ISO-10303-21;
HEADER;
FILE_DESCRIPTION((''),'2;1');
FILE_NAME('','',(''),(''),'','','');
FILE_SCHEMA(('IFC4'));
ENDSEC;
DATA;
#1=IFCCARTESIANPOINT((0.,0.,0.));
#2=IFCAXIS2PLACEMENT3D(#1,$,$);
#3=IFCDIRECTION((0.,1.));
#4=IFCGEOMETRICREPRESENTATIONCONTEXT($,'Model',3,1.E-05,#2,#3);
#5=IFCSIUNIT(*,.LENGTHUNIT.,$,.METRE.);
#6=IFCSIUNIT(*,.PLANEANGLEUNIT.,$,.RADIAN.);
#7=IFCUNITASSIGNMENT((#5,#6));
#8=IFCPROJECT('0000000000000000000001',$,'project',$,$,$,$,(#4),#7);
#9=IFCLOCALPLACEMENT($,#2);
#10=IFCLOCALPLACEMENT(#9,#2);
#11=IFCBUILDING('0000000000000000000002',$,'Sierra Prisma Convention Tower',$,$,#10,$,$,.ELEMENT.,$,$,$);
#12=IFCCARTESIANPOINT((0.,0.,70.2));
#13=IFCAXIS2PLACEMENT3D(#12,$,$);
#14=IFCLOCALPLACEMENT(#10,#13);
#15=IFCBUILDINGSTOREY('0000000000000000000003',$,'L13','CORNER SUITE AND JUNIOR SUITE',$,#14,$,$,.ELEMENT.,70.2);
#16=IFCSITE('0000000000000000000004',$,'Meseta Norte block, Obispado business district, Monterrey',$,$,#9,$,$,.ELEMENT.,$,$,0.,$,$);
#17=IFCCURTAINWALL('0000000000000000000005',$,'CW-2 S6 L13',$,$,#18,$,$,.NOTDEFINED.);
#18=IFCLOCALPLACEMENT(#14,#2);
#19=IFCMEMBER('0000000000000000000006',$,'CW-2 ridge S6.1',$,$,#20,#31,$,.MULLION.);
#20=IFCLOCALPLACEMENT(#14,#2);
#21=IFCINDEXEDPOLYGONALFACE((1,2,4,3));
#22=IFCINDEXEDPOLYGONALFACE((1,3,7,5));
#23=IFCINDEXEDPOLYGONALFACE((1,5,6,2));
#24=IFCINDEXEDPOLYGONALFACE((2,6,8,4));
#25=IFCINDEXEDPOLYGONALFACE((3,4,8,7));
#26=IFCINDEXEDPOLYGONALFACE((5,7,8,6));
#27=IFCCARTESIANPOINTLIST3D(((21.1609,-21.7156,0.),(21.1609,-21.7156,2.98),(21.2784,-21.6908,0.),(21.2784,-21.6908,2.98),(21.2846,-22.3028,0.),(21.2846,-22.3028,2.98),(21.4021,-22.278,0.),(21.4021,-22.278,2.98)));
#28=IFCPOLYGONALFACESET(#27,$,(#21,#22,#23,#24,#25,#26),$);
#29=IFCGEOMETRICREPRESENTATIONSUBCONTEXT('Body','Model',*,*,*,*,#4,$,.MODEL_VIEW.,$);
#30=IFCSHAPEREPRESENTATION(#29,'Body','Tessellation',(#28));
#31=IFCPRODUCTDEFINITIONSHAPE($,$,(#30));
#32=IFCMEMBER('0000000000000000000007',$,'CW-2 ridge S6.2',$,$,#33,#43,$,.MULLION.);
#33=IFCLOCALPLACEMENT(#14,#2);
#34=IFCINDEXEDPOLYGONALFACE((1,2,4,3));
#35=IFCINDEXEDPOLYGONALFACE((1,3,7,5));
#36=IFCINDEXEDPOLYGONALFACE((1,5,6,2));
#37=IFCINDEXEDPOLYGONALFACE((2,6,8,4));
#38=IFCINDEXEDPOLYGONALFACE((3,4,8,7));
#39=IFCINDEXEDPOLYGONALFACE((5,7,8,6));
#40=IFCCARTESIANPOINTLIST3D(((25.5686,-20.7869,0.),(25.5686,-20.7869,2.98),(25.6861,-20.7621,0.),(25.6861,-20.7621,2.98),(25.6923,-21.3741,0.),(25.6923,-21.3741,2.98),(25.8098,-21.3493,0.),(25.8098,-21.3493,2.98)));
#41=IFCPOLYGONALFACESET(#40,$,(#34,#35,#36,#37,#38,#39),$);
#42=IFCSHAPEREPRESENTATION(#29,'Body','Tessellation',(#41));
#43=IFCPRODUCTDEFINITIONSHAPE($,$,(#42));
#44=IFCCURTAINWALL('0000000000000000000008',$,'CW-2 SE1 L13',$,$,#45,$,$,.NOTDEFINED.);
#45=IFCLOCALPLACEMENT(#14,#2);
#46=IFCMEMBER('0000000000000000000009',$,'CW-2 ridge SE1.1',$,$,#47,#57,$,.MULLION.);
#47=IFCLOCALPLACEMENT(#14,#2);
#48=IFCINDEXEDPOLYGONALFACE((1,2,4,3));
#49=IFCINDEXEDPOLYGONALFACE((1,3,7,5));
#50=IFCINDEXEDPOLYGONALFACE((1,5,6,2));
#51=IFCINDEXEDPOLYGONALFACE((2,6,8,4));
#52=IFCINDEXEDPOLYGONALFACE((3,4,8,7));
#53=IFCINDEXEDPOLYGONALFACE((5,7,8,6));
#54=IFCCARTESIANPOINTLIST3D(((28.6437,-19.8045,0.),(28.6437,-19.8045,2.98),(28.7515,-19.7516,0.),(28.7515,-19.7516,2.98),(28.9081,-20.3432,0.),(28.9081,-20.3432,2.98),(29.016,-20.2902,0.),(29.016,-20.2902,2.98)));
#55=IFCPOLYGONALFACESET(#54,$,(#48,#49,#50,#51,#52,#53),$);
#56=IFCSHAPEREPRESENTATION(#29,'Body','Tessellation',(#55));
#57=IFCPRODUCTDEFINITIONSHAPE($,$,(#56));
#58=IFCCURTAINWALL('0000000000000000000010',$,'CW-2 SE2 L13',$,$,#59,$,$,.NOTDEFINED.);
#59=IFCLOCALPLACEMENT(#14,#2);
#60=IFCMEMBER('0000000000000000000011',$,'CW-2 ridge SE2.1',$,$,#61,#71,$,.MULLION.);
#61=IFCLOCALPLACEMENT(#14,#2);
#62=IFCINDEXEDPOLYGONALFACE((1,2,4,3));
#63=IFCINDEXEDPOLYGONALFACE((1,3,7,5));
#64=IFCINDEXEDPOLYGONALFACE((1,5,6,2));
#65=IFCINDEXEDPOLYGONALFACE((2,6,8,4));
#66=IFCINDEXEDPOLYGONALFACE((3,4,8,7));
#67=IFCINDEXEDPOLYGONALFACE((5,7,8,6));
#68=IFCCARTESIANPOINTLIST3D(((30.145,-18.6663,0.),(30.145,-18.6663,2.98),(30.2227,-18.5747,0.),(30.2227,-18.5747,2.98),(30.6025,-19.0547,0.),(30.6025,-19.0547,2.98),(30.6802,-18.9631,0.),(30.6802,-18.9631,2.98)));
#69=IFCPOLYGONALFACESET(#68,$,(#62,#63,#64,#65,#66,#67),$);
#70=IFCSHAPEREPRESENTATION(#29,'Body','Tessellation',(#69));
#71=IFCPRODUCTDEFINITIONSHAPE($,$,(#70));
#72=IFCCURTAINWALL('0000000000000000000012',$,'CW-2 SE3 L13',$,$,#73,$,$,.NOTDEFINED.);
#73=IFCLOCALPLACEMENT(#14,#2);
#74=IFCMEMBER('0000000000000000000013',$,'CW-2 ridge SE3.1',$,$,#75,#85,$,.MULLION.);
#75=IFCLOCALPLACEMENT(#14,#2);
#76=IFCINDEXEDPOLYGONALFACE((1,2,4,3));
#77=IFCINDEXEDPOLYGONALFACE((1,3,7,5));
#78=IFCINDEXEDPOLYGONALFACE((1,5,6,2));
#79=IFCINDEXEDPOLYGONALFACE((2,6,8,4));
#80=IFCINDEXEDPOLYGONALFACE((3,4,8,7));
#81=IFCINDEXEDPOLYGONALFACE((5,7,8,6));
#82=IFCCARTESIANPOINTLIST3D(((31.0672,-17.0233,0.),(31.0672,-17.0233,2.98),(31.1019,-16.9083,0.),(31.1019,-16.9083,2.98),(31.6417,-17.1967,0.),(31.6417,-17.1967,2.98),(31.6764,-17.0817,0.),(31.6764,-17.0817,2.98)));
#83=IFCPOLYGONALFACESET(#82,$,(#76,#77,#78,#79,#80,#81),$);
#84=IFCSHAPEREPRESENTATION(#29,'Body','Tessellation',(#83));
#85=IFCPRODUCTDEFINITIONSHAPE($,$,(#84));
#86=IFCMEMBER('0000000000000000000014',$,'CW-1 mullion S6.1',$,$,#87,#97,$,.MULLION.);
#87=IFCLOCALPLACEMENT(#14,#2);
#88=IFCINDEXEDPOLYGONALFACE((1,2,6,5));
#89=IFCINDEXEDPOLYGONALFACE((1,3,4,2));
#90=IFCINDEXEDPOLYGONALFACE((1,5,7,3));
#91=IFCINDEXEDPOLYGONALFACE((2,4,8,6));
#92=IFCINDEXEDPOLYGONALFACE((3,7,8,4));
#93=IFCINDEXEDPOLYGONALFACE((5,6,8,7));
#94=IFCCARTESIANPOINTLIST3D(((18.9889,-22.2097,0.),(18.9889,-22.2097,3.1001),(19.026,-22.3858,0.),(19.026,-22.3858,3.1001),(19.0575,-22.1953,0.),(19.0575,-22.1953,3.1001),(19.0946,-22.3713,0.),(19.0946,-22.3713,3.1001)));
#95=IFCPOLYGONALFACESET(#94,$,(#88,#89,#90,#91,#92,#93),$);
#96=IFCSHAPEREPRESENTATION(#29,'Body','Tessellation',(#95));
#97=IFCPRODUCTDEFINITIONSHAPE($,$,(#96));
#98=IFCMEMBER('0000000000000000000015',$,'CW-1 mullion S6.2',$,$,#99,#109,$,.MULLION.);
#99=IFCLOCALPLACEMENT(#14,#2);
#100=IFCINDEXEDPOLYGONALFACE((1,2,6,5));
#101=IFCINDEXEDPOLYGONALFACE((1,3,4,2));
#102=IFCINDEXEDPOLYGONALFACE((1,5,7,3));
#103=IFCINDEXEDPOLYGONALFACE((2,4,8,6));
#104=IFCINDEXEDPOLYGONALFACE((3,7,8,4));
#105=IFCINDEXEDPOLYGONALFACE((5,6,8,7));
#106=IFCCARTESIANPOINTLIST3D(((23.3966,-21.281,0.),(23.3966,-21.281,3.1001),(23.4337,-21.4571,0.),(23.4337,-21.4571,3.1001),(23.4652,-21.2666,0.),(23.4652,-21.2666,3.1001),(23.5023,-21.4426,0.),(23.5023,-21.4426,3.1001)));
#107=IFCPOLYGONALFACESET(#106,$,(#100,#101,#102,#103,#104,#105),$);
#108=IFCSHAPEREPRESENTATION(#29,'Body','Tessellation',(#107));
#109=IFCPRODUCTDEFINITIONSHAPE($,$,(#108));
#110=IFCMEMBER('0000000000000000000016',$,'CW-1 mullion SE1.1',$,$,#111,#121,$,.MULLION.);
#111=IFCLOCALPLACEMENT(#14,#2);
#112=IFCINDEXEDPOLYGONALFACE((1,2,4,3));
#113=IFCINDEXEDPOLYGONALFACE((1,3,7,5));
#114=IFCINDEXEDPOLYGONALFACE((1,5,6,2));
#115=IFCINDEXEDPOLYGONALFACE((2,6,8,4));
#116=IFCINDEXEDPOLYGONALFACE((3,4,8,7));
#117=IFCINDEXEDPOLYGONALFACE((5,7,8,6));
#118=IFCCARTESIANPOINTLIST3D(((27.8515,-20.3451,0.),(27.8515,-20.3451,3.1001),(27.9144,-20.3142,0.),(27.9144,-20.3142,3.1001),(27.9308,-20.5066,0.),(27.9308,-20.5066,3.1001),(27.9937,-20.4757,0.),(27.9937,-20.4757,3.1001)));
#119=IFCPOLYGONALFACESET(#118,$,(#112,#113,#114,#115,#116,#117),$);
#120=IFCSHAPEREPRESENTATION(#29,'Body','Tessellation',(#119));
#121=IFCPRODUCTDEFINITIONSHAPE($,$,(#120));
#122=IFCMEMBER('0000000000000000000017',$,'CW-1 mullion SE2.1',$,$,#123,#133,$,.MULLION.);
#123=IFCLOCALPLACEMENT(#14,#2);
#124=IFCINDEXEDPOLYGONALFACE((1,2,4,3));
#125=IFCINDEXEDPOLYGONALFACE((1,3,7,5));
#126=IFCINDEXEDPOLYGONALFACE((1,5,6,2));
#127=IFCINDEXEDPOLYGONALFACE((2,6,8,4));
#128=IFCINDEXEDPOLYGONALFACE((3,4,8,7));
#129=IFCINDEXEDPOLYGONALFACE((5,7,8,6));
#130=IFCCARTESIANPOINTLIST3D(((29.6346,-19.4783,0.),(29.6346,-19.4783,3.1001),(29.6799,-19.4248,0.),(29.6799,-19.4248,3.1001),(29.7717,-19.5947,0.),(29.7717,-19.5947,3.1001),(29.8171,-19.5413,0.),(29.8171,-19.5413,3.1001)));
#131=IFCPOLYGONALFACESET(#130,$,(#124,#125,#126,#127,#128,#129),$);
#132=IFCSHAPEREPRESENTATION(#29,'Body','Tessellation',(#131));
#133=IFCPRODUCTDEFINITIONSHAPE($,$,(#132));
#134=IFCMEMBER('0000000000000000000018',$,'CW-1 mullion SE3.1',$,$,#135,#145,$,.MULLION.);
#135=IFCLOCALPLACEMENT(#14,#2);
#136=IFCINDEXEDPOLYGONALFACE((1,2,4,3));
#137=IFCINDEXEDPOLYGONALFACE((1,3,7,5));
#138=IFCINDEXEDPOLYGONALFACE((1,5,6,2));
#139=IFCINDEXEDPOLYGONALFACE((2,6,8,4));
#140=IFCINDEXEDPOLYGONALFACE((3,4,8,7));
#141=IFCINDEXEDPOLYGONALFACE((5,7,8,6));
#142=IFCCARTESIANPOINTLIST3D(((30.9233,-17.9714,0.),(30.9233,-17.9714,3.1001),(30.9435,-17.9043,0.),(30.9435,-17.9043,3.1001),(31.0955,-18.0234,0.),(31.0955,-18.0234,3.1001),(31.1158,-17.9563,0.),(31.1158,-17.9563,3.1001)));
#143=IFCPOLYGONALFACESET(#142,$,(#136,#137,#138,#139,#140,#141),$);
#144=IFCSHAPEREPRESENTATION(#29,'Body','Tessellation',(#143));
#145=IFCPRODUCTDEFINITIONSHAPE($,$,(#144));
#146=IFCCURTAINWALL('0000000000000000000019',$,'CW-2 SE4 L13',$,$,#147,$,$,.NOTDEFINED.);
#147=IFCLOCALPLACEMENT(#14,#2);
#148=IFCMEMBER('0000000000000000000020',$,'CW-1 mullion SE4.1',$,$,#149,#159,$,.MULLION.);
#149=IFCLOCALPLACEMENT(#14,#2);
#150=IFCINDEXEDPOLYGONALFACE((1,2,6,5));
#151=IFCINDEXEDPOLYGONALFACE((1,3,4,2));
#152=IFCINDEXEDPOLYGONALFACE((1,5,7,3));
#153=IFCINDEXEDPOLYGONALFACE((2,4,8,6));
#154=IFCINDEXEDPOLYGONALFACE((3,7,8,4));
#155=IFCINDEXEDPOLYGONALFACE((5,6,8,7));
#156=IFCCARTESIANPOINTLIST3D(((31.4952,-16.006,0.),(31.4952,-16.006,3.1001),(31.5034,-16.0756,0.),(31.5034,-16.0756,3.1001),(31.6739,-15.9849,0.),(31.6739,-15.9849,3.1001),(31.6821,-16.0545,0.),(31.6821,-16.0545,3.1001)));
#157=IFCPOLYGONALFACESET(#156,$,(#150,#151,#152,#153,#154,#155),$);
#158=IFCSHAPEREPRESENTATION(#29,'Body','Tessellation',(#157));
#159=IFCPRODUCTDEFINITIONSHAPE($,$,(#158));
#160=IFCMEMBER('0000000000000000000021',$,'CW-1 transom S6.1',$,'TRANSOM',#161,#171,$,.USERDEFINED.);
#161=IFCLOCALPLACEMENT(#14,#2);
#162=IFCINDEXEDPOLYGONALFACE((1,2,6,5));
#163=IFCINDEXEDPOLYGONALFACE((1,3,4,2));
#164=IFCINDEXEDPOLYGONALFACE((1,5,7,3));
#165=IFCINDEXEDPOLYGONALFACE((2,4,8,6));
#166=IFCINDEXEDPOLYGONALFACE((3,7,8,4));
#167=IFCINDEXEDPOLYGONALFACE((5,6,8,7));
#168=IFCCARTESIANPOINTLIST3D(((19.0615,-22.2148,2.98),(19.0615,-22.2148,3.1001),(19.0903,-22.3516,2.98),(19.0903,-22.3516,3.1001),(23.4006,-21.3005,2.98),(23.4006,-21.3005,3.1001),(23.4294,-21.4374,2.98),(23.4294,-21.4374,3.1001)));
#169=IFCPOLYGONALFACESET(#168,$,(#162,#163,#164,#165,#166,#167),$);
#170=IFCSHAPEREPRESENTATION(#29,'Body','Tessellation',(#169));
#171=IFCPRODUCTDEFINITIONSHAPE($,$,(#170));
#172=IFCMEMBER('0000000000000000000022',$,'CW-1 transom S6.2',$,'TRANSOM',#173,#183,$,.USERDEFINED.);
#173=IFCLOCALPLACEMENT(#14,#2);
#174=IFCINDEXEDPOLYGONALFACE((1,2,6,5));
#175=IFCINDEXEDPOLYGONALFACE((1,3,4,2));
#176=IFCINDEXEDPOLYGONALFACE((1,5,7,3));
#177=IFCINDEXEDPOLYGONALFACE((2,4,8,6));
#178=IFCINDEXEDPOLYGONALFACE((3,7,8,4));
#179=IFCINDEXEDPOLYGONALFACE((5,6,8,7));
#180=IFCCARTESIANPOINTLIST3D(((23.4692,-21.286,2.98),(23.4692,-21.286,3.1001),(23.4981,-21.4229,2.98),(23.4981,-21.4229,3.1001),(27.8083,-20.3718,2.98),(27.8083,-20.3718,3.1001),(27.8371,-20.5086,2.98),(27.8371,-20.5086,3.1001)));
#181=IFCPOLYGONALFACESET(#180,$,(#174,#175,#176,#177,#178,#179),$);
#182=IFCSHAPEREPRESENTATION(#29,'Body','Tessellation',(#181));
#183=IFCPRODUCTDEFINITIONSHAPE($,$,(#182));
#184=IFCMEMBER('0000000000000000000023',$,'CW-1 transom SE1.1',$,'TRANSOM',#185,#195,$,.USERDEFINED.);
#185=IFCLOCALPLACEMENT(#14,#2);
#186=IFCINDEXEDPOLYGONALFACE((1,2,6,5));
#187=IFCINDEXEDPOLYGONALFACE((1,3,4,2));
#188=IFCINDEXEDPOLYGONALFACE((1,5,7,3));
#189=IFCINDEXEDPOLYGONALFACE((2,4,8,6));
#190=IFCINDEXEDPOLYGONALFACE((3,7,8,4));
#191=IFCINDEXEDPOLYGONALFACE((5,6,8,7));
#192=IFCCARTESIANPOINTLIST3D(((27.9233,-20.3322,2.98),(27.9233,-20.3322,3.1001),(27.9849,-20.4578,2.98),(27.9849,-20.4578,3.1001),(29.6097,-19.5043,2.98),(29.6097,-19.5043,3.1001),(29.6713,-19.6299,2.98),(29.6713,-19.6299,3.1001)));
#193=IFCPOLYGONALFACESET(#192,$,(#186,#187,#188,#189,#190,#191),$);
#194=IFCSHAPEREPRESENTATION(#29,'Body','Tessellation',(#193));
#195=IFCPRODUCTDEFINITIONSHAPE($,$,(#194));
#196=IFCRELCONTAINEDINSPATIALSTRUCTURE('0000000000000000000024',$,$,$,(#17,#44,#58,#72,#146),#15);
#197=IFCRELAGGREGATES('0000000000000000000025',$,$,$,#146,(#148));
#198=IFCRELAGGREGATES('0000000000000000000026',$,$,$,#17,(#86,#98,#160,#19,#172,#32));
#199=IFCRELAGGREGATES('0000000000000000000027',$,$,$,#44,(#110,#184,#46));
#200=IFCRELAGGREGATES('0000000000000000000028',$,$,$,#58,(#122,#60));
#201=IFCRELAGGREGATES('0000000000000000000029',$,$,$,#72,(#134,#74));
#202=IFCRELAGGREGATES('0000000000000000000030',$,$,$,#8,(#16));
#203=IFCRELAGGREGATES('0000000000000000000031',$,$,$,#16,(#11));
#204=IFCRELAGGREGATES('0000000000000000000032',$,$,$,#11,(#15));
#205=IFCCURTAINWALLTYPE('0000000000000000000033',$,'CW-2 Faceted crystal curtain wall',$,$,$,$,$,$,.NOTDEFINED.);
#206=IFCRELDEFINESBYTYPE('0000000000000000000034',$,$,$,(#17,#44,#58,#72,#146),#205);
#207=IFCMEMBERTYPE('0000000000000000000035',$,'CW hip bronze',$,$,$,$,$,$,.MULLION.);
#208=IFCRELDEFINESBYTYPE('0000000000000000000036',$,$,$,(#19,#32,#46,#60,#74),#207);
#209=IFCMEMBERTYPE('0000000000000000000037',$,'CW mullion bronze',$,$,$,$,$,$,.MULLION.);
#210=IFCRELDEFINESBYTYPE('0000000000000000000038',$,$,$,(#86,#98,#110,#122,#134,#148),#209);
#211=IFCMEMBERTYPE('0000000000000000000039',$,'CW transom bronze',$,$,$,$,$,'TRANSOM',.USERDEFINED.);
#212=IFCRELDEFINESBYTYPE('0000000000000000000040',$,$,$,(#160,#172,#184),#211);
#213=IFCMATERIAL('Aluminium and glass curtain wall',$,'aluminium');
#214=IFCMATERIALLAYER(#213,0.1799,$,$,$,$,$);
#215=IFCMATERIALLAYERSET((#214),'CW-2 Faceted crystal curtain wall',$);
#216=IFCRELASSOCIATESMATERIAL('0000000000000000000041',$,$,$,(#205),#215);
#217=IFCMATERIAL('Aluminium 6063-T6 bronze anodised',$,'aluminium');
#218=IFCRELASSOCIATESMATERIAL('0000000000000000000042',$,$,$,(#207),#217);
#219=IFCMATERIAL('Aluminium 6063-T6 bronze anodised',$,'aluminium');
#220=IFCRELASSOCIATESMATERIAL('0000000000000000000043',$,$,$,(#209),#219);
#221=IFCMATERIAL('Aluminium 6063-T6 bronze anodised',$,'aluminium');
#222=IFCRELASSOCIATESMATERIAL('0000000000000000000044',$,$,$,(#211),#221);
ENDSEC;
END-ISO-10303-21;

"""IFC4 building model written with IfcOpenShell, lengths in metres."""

from ifc_helpers import new_model, si_unit, direction, frame, origin, origin_2d, place, context, subcontext, project, spatial, rectangle, extrude, material, layer, layer_set, material_profile, profile_set, type_object, element, aggregate, save


model = new_model("IFC4")

# Units and contexts
model_context = context("Model", 3, precision=1e-05, world=origin(), true_north=direction((0.0, 1.0)))
body_context = subcontext(model_context, "Body", "Model", "MODEL_VIEW")
ifc_project = project(units=[si_unit("LENGTHUNIT", "METRE"), si_unit("PLANEANGLEUNIT", "RADIAN")], contexts=[model_context])

# Site, building, storey
site_placement = place(None, origin())
site = spatial("IfcSite", under=ifc_project, at=site_placement, Name="Meseta Norte block, Obispado business district, Monterrey", CompositionType="ELEMENT", RefElevation=0.0)
building_placement = place(site_placement, origin())
building = spatial("IfcBuilding", under=site, at=building_placement, Name="Sierra Prisma Convention Tower", CompositionType="ELEMENT")
storey_placement = place(building_placement, frame((0.0, 0.0, 70.2)))
storey = spatial("IfcBuildingStorey", under=building, at=storey_placement, Name="L13", Description="CORNER SUITE AND JUNIOR SUITE", CompositionType="ELEMENT", Elevation=70.2)

# Curtain wall, members
ifc_material_1 = material(Name="Aluminium and glass curtain wall", Category="aluminium")
ifc_layer_1 = layer(ifc_material_1, 0.1799)
ifc_layer_set_1 = layer_set([ifc_layer_1], Name="CW-2 Faceted crystal curtain wall")
curtain_wall_type = type_object("IfcCurtainWallType", Name="CW-2 Faceted crystal curtain wall", PredefinedType="NOTDEFINED", material=ifc_layer_set_1)
curtain_wall_1_placement = place(storey_placement, origin())
curtain_wall_1 = element("IfcCurtainWall", 1, at=curtain_wall_1_placement, inside=storey, type_object=curtain_wall_type, Name="CW-2 S6 L13", PredefinedType="NOTDEFINED")
ifc_material_2 = material(Name="Aluminium 6063-T6 bronze anodised", Category="aluminium")
ifc_material_profile_1 = material_profile(ifc_material_2, rectangle(XDim=0.1201, YDim=0.6001, at=origin_2d()), Name="ALU RIDGE BLADE 120x600")
ifc_profile_set_1 = profile_set([ifc_material_profile_1], Name="Aluminium 6063-T6 bronze anodised")
member_type_1 = type_object("IfcMemberType", Name="CW hip bronze", PredefinedType="MULLION", material=ifc_profile_set_1)
member_1_placement = place(storey_placement, frame((21.2815, -21.9968, 0.0), z_axis=(0.0, 0.0, 1.0), x_axis=(0.978513, 0.206183, 0.0)))
member_1 = element("IfcMember", 2, at=member_1_placement, type_object=member_type_1, Name="CW-2 ridge S6.1", PredefinedType="MULLION", context=body_context, shape_type="SweptSolid", body=[
    extrude(rectangle(XDim=0.1201, YDim=0.6001, at=origin_2d()), origin(), (0.0, 0.0, 1.0), 2.98),
])
member_2_placement = place(storey_placement, frame((25.6892, -21.0681, 0.0), z_axis=(0.0, 0.0, 1.0), x_axis=(0.978513, 0.206183, 0.0)))
member_2 = element("IfcMember", 3, at=member_2_placement, type_object=member_type_1, Name="CW-2 ridge S6.2", PredefinedType="MULLION", context=body_context, shape_type="SweptSolid", body=[
    extrude(rectangle(XDim=0.1201, YDim=0.6001, at=origin_2d()), origin(), (0.0, 0.0, 1.0), 2.98),
])

# Curtain walls, members
curtain_wall_2_placement = place(storey_placement, origin())
curtain_wall_2 = element("IfcCurtainWall", 4, at=curtain_wall_2_placement, inside=storey, type_object=curtain_wall_type, Name="CW-2 SE1 L13", PredefinedType="NOTDEFINED")
member_3_placement = place(storey_placement, frame((28.8298, -20.0474, 0.0), z_axis=(0.0, 0.0, 1.0), x_axis=(0.897677, 0.440654, 0.0)))
member_3 = element("IfcMember", 5, at=member_3_placement, type_object=member_type_1, Name="CW-2 ridge SE1.1", PredefinedType="MULLION", context=body_context, shape_type="SweptSolid", body=[
    extrude(rectangle(XDim=0.1201, YDim=0.6001, at=origin_2d()), origin(), (0.0, 0.0, 1.0), 2.98),
])
curtain_wall_3_placement = place(storey_placement, origin())
curtain_wall_3 = element("IfcCurtainWall", 6, at=curtain_wall_3_placement, inside=storey, type_object=curtain_wall_type, Name="CW-2 SE2 L13", PredefinedType="NOTDEFINED")
member_4_placement = place(storey_placement, frame((30.4126, -18.8147, 0.0), z_axis=(0.0, 0.0, 1.0), x_axis=(0.64712, 0.762388, 0.0)))
member_4 = element("IfcMember", 7, at=member_4_placement, type_object=member_type_1, Name="CW-2 ridge SE2.1", PredefinedType="MULLION", context=body_context, shape_type="SweptSolid", body=[
    extrude(rectangle(XDim=0.1201, YDim=0.6001, at=origin_2d()), origin(), (0.0, 0.0, 1.0), 2.98),
])
curtain_wall_4_placement = place(storey_placement, origin())
curtain_wall_4 = element("IfcCurtainWall", 8, at=curtain_wall_4_placement, inside=storey, type_object=curtain_wall_type, Name="CW-2 SE3 L13", PredefinedType="NOTDEFINED")
member_5_placement = place(storey_placement, frame((31.3718, -17.0525, 0.0), z_axis=(0.0, 0.0, 1.0), x_axis=(0.288954, 0.957343, 0.0)))
member_5 = element("IfcMember", 9, at=member_5_placement, type_object=member_type_1, Name="CW-2 ridge SE3.1", PredefinedType="MULLION", context=body_context, shape_type="SweptSolid", body=[
    extrude(rectangle(XDim=0.1201, YDim=0.6001, at=origin_2d()), origin(), (0.0, 0.0, 1.0), 2.98),
])

# Members
ifc_material_3 = material(Name="Aluminium 6063-T6 bronze anodised", Category="aluminium")
ifc_material_profile_2 = material_profile(ifc_material_3, rectangle(XDim=0.1799, YDim=0.0701, at=origin_2d()), Name="ALU MULLION 70x180")
ifc_profile_set_2 = profile_set([ifc_material_profile_2], Name="Aluminium 6063-T6 bronze anodised")
member_type_2 = type_object("IfcMemberType", Name="CW mullion bronze", PredefinedType="MULLION", material=ifc_profile_set_2)
member_6_placement = place(storey_placement, frame((19.0417, -22.2905, 0.0), z_axis=(0.0, 0.0, 1.0), x_axis=(-0.206183, 0.978513, 0.0)))
member_6 = element("IfcMember", 10, at=member_6_placement, type_object=member_type_2, Name="CW-1 mullion S6.1", PredefinedType="MULLION", context=body_context, shape_type="SweptSolid", body=[
    extrude(rectangle(XDim=0.1799, YDim=0.0701, at=origin_2d()), origin(), (0.0, 0.0, 1.0), 3.1001),
])
member_7_placement = place(storey_placement, frame((23.4495, -21.3618, 0.0), z_axis=(0.0, 0.0, 1.0), x_axis=(-0.206183, 0.978513, 0.0)))
member_7 = element("IfcMember", 11, at=member_7_placement, type_object=member_type_2, Name="CW-1 mullion S6.2", PredefinedType="MULLION", context=body_context, shape_type="SweptSolid", body=[
    extrude(rectangle(XDim=0.1799, YDim=0.0701, at=origin_2d()), origin(), (0.0, 0.0, 1.0), 3.1001),
])
member_8_placement = place(storey_placement, frame((27.9226, -20.4104, 0.0), z_axis=(0.0, 0.0, 1.0), x_axis=(-0.440654, 0.897677, 0.0)))
member_8 = element("IfcMember", 12, at=member_8_placement, type_object=member_type_2, Name="CW-1 mullion SE1.1", PredefinedType="MULLION", context=body_context, shape_type="SweptSolid", body=[
    extrude(rectangle(XDim=0.1799, YDim=0.0701, at=origin_2d()), origin(), (0.0, 0.0, 1.0), 3.1001),
])
member_9_placement = place(storey_placement, frame((29.7258, -19.5098, 0.0), z_axis=(0.0, 0.0, 1.0), x_axis=(-0.762388, 0.64712, 0.0)))
member_9 = element("IfcMember", 13, at=member_9_placement, type_object=member_type_2, Name="CW-1 mullion SE2.1", PredefinedType="MULLION", context=body_context, shape_type="SweptSolid", body=[
    extrude(rectangle(XDim=0.1799, YDim=0.0701, at=origin_2d()), origin(), (0.0, 0.0, 1.0), 3.1001),
])
member_10_placement = place(storey_placement, frame((31.0195, -17.9639, 0.0), z_axis=(0.0, 0.0, 1.0), x_axis=(-0.957343, 0.288954, 0.0)))
member_10 = element("IfcMember", 14, at=member_10_placement, type_object=member_type_2, Name="CW-1 mullion SE3.1", PredefinedType="MULLION", context=body_context, shape_type="SweptSolid", body=[
    extrude(rectangle(XDim=0.1799, YDim=0.0701, at=origin_2d()), origin(), (0.0, 0.0, 1.0), 3.1001),
])

# Curtain wall, member
curtain_wall_5_placement = place(storey_placement, origin())
curtain_wall_5 = element("IfcCurtainWall", 15, at=curtain_wall_5_placement, inside=storey, type_object=curtain_wall_type, Name="CW-2 SE4 L13", PredefinedType="NOTDEFINED")
member_11_placement = place(storey_placement, frame((31.5886, -16.0303, 0.0), z_axis=(0.0, 0.0, 1.0), x_axis=(-0.993101, -0.117263, 0.0)))
member_11 = element("IfcMember", 16, at=member_11_placement, type_object=member_type_2, Name="CW-1 mullion SE4.1", PredefinedType="MULLION", context=body_context, shape_type="SweptSolid", body=[
    extrude(rectangle(XDim=0.1799, YDim=0.0701, at=origin_2d()), origin(), (0.0, 0.0, 1.0), 3.1001),
])

# Members
ifc_material_4 = material(Name="Aluminium 6063-T6 bronze anodised", Category="aluminium")
ifc_material_profile_3 = material_profile(ifc_material_4, rectangle(XDim=0.1399, YDim=0.1201, at=origin_2d()), Name="ALU TRANSOM 120x140")
ifc_profile_set_3 = profile_set([ifc_material_profile_3], Name="Aluminium 6063-T6 bronze anodised")
member_type_3 = type_object("IfcMemberType", Name="CW transom bronze", ElementType="TRANSOM", PredefinedType="USERDEFINED", material=ifc_profile_set_3)
member_12_placement = place(storey_placement, frame((19.0759, -22.2832, 3.04), z_axis=(0.978513, 0.206185, 0.0), x_axis=(-0.206185, 0.978513, 0.0)))
member_12 = element("IfcMember", 17, at=member_12_placement, type_object=member_type_3, Name="CW-1 transom S6.1", ObjectType="TRANSOM", PredefinedType="USERDEFINED", context=body_context, shape_type="SweptSolid", body=[
    extrude(rectangle(XDim=0.1399, YDim=0.1201, at=origin_2d()), origin(), (0.0, 0.0, 1.0), 4.4343),
])
member_13_placement = place(storey_placement, frame((23.4836, -21.3545, 3.04), z_axis=(0.978513, 0.206185, 0.0), x_axis=(-0.206185, 0.978513, 0.0)))
member_13 = element("IfcMember", 18, at=member_13_placement, type_object=member_type_3, Name="CW-1 transom S6.2", ObjectType="TRANSOM", PredefinedType="USERDEFINED", context=body_context, shape_type="SweptSolid", body=[
    extrude(rectangle(XDim=0.1399, YDim=0.1201, at=origin_2d()), origin(), (0.0, 0.0, 1.0), 4.4343),
])
member_14_placement = place(storey_placement, frame((27.9541, -20.395, 3.04), z_axis=(0.897653, 0.440704, 0.0), x_axis=(-0.440704, 0.897653, 0.0)))
member_14 = element("IfcMember", 19, at=member_14_placement, type_object=member_type_3, Name="CW-1 transom SE1.1", ObjectType="TRANSOM", PredefinedType="USERDEFINED", context=body_context, shape_type="SweptSolid", body=[
    extrude(rectangle(XDim=0.1399, YDim=0.1201, at=origin_2d()), origin(), (0.0, 0.0, 1.0), 1.8787),
])
aggregate(curtain_wall_5, [member_11])

aggregate(curtain_wall_1, [member_6, member_7, member_12, member_1, member_13, member_2])
aggregate(curtain_wall_2, [member_8, member_14, member_3])
aggregate(curtain_wall_3, [member_9, member_4])
aggregate(curtain_wall_4, [member_10, member_5])

save(model, "model.ifc")
